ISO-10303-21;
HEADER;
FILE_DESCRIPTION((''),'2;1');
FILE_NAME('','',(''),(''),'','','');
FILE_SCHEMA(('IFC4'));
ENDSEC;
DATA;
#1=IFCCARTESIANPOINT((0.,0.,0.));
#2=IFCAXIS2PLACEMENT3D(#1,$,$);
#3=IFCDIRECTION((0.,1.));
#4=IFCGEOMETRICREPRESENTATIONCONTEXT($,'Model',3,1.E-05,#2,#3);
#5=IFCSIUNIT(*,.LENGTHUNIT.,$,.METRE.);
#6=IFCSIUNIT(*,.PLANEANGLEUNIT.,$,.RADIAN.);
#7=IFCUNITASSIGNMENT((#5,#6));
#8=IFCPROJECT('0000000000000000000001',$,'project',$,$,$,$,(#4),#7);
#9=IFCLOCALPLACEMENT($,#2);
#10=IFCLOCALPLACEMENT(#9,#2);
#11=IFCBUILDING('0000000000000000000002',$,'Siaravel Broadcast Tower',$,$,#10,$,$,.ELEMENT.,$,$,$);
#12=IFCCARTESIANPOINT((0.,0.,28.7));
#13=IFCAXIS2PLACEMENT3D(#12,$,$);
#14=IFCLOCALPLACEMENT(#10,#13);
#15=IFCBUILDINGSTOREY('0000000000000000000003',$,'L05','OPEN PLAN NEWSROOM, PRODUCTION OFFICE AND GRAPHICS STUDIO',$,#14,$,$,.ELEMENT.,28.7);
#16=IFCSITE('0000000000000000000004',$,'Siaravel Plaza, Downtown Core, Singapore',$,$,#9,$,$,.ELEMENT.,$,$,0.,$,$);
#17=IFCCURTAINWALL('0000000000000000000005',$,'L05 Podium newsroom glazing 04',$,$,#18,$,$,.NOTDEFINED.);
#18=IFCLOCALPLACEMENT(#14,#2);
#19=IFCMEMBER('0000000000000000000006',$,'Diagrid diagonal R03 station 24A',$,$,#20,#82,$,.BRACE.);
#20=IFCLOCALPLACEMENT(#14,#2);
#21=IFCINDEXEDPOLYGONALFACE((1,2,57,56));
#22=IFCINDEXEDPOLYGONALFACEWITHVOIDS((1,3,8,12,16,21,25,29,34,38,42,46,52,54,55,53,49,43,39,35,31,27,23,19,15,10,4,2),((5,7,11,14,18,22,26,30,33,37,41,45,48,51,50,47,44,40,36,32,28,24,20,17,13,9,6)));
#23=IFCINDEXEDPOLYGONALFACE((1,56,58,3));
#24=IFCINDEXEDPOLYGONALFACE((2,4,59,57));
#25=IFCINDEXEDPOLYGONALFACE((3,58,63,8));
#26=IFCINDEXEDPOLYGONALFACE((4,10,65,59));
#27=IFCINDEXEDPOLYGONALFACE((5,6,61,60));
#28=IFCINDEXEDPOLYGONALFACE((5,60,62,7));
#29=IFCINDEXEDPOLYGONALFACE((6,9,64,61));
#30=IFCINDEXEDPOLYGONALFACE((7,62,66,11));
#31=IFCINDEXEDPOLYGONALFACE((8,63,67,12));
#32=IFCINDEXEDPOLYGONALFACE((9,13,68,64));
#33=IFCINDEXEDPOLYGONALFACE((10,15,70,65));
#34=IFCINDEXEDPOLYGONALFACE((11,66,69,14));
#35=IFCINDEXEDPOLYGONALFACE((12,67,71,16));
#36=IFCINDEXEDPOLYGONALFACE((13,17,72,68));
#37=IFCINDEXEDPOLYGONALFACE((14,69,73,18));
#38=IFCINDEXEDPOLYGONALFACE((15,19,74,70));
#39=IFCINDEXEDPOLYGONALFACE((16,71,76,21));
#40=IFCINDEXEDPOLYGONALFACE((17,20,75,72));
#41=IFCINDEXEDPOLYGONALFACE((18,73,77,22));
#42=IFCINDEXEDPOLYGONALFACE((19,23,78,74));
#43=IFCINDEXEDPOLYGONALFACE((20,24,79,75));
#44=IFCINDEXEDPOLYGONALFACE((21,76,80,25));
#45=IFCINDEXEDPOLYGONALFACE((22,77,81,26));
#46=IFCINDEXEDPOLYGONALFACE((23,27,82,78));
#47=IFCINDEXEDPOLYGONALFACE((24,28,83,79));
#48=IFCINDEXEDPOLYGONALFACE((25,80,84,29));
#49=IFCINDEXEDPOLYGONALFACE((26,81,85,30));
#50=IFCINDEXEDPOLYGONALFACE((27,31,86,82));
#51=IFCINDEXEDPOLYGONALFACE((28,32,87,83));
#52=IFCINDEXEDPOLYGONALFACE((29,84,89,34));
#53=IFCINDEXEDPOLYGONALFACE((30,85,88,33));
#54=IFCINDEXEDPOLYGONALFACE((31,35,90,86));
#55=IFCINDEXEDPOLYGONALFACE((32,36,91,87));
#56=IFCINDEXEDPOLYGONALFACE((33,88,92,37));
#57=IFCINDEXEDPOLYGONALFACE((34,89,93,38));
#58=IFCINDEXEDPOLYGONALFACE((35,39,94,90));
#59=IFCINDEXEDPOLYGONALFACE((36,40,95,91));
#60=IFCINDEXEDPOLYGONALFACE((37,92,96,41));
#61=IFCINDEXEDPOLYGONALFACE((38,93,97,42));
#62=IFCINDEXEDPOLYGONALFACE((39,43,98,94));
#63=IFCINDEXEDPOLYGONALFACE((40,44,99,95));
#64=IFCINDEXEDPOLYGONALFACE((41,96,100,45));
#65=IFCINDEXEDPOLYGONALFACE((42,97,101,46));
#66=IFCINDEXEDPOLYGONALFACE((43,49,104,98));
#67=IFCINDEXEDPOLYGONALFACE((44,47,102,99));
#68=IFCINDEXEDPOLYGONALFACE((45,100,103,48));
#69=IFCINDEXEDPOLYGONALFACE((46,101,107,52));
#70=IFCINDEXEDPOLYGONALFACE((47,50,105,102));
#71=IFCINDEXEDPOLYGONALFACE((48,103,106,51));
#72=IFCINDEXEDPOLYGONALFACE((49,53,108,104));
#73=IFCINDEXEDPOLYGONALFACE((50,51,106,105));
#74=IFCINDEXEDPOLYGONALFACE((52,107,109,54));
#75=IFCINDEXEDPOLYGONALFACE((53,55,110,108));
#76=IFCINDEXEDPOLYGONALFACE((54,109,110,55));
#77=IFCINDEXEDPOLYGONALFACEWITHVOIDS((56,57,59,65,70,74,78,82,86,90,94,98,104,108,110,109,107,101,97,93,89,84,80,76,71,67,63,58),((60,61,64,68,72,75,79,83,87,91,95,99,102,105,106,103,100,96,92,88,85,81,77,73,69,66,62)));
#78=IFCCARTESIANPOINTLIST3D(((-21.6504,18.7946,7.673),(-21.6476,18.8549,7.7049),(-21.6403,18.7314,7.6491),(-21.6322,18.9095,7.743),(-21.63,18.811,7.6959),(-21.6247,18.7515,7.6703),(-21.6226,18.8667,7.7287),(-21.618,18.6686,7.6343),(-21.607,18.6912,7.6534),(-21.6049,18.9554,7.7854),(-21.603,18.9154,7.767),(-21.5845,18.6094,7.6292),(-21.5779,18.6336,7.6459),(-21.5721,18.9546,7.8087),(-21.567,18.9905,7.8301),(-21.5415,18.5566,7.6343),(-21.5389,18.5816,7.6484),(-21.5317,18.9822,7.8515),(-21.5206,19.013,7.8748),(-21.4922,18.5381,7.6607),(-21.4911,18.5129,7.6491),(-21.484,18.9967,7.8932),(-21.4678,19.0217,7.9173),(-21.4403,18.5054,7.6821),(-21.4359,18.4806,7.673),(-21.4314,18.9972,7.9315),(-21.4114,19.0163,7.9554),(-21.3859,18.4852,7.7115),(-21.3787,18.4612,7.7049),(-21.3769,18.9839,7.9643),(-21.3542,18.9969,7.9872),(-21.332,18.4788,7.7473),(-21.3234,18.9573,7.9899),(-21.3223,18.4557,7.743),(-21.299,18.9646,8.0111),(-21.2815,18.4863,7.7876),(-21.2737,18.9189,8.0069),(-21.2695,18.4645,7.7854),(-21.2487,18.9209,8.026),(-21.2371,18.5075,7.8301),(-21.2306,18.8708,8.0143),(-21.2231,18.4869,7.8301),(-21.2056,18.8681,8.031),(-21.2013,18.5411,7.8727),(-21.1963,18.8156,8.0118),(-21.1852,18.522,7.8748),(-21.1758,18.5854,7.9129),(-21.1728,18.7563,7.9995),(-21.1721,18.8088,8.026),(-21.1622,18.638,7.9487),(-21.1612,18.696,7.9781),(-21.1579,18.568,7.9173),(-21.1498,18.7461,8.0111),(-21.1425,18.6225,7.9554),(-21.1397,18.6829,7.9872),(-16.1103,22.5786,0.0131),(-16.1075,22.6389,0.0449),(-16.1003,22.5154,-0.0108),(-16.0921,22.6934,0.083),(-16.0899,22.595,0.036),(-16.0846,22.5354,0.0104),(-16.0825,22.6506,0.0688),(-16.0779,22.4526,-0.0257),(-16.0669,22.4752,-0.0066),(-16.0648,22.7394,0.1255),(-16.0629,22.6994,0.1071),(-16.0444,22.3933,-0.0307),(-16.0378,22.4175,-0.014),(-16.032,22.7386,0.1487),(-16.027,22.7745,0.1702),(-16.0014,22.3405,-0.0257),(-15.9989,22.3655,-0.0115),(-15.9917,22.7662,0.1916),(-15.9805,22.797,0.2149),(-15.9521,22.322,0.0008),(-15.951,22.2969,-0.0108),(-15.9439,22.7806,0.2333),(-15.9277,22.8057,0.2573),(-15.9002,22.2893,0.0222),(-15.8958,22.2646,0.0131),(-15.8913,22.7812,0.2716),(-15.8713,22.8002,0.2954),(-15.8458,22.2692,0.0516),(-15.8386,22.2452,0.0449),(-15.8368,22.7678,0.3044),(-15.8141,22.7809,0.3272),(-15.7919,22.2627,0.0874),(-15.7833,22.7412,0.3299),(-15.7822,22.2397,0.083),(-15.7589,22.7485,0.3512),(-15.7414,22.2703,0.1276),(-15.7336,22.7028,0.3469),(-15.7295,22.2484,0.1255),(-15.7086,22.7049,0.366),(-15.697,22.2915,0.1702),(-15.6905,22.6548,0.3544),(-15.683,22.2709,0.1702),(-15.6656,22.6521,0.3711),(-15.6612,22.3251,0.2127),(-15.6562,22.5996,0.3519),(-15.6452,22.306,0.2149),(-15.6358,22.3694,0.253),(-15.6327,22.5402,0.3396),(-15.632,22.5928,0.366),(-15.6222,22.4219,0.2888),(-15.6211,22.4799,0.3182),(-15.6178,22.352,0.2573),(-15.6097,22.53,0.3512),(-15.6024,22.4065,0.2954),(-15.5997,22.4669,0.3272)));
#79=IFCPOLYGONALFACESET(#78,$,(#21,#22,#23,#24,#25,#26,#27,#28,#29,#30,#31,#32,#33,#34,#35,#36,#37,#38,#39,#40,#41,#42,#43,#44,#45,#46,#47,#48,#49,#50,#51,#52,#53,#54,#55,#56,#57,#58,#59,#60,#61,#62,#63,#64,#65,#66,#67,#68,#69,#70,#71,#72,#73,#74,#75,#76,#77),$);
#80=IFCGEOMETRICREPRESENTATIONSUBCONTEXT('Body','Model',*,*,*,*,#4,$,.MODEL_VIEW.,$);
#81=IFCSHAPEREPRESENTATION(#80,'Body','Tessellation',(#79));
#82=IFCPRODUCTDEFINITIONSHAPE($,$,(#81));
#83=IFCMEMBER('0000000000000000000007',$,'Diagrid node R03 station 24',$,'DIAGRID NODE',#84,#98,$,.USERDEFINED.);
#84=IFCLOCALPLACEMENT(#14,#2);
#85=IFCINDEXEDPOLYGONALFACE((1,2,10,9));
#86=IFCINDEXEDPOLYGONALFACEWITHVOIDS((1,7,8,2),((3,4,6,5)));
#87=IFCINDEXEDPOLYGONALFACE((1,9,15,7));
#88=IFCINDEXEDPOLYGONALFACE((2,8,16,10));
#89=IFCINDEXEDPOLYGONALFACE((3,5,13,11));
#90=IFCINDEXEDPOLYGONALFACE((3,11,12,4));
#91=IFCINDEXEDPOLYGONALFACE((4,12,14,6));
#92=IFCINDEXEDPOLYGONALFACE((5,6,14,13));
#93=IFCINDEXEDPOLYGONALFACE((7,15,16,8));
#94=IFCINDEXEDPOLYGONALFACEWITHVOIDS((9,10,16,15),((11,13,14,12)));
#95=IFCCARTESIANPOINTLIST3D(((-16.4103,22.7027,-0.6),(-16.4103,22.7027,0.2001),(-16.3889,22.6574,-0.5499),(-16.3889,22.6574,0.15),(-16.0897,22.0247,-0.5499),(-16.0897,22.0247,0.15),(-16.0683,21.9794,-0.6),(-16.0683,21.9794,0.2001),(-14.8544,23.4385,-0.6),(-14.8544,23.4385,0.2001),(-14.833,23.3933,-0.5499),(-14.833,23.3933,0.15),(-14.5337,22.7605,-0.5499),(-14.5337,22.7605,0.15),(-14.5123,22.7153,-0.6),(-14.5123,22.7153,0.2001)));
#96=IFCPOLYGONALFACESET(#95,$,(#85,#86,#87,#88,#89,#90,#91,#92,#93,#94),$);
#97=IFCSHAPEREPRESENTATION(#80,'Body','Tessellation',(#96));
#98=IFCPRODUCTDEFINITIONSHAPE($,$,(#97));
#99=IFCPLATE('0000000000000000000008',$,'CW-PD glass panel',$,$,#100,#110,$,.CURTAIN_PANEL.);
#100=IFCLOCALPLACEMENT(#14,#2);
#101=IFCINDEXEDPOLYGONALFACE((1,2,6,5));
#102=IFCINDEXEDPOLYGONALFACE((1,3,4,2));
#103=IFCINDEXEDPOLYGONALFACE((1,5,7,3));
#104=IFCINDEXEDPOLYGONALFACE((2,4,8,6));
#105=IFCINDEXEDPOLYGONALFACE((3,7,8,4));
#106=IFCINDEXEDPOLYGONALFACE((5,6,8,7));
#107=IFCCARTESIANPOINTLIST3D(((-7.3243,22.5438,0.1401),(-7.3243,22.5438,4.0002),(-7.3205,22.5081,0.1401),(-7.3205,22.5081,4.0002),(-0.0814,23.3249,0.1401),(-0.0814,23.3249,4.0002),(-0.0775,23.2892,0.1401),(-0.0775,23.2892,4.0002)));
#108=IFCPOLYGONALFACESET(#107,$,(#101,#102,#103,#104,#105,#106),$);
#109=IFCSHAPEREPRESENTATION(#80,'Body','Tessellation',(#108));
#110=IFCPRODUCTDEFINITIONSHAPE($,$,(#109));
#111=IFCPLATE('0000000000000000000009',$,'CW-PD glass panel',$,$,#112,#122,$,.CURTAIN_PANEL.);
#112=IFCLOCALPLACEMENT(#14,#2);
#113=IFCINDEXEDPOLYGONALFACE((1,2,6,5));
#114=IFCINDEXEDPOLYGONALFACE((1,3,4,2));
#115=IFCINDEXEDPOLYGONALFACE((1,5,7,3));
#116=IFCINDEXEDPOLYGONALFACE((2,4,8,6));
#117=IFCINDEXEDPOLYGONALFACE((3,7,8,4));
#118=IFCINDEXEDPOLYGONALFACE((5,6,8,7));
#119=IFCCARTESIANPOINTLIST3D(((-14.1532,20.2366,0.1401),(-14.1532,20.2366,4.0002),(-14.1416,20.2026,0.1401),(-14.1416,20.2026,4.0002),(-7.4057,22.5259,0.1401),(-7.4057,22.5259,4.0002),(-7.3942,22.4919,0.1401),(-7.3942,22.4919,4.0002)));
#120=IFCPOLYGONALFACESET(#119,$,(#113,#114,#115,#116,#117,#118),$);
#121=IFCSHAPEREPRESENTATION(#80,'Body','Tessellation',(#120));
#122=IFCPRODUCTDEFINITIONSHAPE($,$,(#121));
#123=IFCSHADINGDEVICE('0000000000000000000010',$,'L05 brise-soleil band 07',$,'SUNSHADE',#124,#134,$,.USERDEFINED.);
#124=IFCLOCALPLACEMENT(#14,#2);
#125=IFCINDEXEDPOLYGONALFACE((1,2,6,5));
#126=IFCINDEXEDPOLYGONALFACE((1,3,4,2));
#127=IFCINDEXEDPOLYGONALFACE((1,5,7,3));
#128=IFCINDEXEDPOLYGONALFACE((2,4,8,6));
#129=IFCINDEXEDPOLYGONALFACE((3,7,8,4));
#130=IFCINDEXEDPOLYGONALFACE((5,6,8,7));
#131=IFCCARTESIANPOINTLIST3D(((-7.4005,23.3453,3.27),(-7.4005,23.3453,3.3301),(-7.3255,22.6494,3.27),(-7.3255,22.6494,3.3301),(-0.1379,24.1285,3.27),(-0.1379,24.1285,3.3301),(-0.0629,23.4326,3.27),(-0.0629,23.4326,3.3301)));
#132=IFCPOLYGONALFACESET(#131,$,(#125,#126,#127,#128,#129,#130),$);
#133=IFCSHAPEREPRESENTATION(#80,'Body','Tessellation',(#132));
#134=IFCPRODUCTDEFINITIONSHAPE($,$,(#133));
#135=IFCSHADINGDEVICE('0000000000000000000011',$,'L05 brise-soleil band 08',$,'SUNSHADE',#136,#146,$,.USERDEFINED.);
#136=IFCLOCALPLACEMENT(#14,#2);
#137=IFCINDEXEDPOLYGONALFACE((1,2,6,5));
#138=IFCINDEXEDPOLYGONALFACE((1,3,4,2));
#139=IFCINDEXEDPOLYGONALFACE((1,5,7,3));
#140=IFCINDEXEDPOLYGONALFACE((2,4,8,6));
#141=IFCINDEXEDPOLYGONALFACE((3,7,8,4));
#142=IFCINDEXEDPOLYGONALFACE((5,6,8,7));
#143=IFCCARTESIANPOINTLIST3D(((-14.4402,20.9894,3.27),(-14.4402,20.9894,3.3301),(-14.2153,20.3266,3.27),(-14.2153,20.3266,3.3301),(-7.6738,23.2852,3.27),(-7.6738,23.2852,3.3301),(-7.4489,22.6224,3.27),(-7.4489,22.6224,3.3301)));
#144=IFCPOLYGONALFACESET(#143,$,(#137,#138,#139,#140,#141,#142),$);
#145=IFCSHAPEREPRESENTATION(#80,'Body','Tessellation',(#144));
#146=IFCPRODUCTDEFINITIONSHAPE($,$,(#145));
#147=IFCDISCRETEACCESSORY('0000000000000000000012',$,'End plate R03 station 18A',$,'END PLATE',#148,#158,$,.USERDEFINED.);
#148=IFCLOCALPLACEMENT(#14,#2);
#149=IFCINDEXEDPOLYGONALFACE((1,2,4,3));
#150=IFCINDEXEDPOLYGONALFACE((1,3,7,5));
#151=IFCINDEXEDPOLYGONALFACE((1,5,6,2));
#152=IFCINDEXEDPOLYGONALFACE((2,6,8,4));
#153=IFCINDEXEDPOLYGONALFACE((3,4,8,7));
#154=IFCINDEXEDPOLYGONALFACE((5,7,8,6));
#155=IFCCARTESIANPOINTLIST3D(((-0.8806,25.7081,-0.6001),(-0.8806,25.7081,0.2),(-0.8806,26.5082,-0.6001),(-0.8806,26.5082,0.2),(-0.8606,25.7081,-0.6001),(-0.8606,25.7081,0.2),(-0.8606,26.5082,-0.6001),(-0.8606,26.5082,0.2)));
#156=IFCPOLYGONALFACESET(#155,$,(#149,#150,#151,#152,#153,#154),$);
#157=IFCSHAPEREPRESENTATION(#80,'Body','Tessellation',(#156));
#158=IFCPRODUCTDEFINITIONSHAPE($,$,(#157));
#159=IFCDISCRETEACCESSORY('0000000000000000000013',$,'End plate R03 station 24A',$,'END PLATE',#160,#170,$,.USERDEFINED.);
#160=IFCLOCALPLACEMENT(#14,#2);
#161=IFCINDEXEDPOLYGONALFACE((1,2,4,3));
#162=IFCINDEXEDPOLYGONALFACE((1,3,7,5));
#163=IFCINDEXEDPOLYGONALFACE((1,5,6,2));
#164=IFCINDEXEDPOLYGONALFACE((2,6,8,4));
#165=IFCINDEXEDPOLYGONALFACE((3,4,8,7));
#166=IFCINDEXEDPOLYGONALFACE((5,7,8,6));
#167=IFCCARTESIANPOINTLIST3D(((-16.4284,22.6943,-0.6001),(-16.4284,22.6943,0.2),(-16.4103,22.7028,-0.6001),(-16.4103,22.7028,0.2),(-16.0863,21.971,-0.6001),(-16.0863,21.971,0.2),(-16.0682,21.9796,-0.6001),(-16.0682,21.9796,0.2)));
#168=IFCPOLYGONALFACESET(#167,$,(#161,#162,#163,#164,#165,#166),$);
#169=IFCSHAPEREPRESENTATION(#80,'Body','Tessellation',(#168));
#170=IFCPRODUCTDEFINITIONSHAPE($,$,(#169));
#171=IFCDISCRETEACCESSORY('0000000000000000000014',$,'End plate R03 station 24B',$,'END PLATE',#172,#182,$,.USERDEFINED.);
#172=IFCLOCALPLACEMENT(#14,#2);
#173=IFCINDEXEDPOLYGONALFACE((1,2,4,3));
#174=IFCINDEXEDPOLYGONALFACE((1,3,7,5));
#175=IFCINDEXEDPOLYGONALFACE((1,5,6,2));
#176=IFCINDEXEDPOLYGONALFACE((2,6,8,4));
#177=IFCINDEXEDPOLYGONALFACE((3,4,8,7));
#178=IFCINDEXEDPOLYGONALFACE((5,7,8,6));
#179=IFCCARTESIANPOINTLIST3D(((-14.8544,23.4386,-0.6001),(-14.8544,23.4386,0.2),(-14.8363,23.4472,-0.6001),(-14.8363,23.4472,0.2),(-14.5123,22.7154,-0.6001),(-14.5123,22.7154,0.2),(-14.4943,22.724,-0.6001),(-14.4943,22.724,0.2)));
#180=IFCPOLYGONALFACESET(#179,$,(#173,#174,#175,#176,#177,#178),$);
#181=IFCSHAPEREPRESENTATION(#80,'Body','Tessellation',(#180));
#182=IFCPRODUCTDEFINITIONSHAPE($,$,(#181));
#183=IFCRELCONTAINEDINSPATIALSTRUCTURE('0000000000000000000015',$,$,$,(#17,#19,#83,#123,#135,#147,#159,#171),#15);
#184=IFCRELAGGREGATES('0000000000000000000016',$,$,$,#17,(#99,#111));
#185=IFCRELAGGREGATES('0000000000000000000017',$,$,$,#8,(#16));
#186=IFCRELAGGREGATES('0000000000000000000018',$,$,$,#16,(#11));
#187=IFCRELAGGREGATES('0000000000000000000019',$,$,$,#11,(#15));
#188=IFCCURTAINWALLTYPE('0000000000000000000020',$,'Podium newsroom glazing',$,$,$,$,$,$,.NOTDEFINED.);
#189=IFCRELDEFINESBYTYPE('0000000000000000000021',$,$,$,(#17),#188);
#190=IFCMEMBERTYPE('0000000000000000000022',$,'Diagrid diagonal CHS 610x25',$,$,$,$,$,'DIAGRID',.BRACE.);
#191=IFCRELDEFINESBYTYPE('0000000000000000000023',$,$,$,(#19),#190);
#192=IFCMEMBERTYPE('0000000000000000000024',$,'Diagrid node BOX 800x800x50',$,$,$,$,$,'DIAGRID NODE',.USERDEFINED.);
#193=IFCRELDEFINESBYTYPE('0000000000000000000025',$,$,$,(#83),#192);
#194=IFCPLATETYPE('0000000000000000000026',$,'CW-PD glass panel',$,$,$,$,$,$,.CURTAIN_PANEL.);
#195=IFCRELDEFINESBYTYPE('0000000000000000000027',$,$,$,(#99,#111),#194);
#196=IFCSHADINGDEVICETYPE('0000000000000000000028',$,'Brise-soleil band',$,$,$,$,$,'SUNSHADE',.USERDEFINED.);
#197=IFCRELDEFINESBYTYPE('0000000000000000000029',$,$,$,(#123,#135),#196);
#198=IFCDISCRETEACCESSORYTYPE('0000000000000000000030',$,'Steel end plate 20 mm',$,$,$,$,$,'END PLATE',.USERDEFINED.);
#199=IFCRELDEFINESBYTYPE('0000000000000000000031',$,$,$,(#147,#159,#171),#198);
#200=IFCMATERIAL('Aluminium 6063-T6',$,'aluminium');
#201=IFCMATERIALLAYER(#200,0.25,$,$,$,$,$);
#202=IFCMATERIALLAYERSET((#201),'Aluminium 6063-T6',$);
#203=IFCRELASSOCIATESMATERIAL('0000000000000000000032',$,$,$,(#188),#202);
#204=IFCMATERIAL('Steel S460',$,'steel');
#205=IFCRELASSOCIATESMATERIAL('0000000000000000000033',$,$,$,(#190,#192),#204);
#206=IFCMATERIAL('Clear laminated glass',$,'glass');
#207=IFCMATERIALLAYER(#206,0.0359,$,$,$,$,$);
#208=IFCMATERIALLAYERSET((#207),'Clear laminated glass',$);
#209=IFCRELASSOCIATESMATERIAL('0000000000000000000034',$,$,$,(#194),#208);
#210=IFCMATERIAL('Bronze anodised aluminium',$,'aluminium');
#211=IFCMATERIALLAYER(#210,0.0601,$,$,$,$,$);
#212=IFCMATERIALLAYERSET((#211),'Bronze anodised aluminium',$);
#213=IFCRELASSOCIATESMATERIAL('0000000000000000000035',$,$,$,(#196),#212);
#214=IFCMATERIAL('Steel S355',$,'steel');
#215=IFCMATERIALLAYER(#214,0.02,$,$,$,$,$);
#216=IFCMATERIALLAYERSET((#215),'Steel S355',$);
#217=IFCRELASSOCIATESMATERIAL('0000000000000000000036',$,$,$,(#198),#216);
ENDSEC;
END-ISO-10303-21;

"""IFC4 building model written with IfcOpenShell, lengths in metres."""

from ifc_helpers import new_model, si_unit, direction, frame, origin, origin_2d, place, context, subcontext, project, spatial, rectangle, hollow_rectangle, hollow_circle, extrude, material, layer, layer_set, material_profile, profile_set, type_object, element, aggregate, save


model = new_model("IFC4")

# Units and contexts
model_context = context("Model", 3, precision=1e-05, world=origin(), true_north=direction((0.0, 1.0)))
body_context = subcontext(model_context, "Body", "Model", "MODEL_VIEW")
ifc_project = project(units=[si_unit("LENGTHUNIT", "METRE"), si_unit("PLANEANGLEUNIT", "RADIAN")], contexts=[model_context])

# Site, building, storey
site_placement = place(None, origin())
site = spatial("IfcSite", under=ifc_project, at=site_placement, Name="Siaravel Plaza, Downtown Core, Singapore", CompositionType="ELEMENT", RefElevation=0.0)
building_placement = place(site_placement, origin())
building = spatial("IfcBuilding", under=site, at=building_placement, Name="Siaravel Broadcast Tower", CompositionType="ELEMENT")
storey_placement = place(building_placement, frame((0.0, 0.0, 28.7)))
storey = spatial("IfcBuildingStorey", under=building, at=storey_placement, Name="L05", Description="OPEN PLAN NEWSROOM, PRODUCTION OFFICE AND GRAPHICS STUDIO", CompositionType="ELEMENT", Elevation=28.7)

# Shared definitions
ifc_material_1 = material(Name="Steel S355", Category="steel")

# Curtain wall
ifc_material_2 = material(Name="Aluminium 6063-T6", Category="aluminium")
ifc_layer_1 = layer(ifc_material_2, 0.25)
ifc_layer_set_1 = layer_set([ifc_layer_1], Name="Aluminium 6063-T6")
curtain_wall_type = type_object("IfcCurtainWallType", Name="Podium newsroom glazing", PredefinedType="NOTDEFINED", material=ifc_layer_set_1)
curtain_wall_1_placement = place(storey_placement, origin())
curtain_wall_1 = element("IfcCurtainWall", 1, at=curtain_wall_1_placement, inside=storey, type_object=curtain_wall_type, Name="L05 Podium newsroom glazing 04", PredefinedType="NOTDEFINED")

# Members
ifc_material_3 = material(Name="Steel S460", Category="steel")
ifc_material_profile_1 = material_profile(ifc_material_3, hollow_circle(Radius=0.3049, WallThickness=0.0249, at=origin_2d()))
ifc_profile_set_1 = profile_set([ifc_material_profile_1], Name="Steel S460")
member_type_1 = type_object("IfcMemberType", Name="Diagrid diagonal CHS 610x25", ElementType="DIAGRID", PredefinedType="BRACE", material=ifc_profile_set_1)
member_1_placement = place(storey_placement, frame((-15.855, 22.5227, 0.1702), z_axis=(-0.544072, -0.37161, 0.752258), x_axis=(0.564012, -0.825767, 0.0)))
element("IfcMember", 2, at=member_1_placement, inside=storey, type_object=member_type_1, Name="Diagrid diagonal R03 station 24A", PredefinedType="BRACE", context=body_context, shape_type="SweptSolid", body=[
    extrude(hollow_circle(Radius=0.3049, WallThickness=0.0249, at=origin_2d()), origin(), (0.0, 0.0, 1.0), 10.1826),
])
ifc_material_profile_2 = material_profile(ifc_material_3, hollow_rectangle(XDim=0.8, YDim=0.8, WallThickness=0.05, at=origin_2d()))
ifc_profile_set_2 = profile_set([ifc_material_profile_2], Name="Steel S460")
member_type_2 = type_object("IfcMemberType", Name="Diagrid node BOX 800x800x50", ElementType="DIAGRID NODE", PredefinedType="USERDEFINED", material=ifc_profile_set_2)
member_2_placement = place(storey_placement, frame((-14.6833, 23.0769, -0.2), z_axis=(-0.904001, -0.427531, 0.0), x_axis=(0.427531, -0.904001, 0.0)))
element("IfcMember", 3, at=member_2_placement, inside=storey, type_object=member_type_2, Name="Diagrid node R03 station 24", ObjectType="DIAGRID NODE", PredefinedType="USERDEFINED", context=body_context, shape_type="SweptSolid", body=[
    extrude(hollow_rectangle(XDim=0.8, YDim=0.8, WallThickness=0.05, at=origin_2d()), origin(), (0.0, 0.0, 1.0), 1.7212),
])

# Plates
ifc_material_4 = material(Name="Clear laminated glass", Category="glass")
ifc_layer_2 = layer(ifc_material_4, 0.0359)
ifc_layer_set_2 = layer_set([ifc_layer_2], Name="Clear laminated glass")
plate_type = type_object("IfcPlateType", Name="CW-PD glass panel", PredefinedType="CURTAIN_PANEL", material=ifc_layer_set_2)
plate_1_placement = place(storey_placement, frame((-3.7009, 22.9165, 0.1401), z_axis=(0.0, 0.0, 1.0), x_axis=(-0.994236, -0.107217, 0.0)))
plate_1 = element("IfcPlate", 4, at=plate_1_placement, type_object=plate_type, Name="CW-PD glass panel", PredefinedType="CURTAIN_PANEL", context=body_context, shape_type="SweptSolid", body=[
    extrude(rectangle(XDim=7.2849, YDim=0.0359, at=origin_2d()), origin(), (0.0, 0.0, 1.0), 3.8601),
])
plate_2_placement = place(storey_placement, frame((-10.7737, 21.3643, 0.1401), z_axis=(0.0, 0.0, 1.0), x_axis=(-0.946977, -0.3213, 0.0)))
plate_2 = element("IfcPlate", 5, at=plate_2_placement, type_object=plate_type, Name="CW-PD glass panel", PredefinedType="CURTAIN_PANEL", context=body_context, shape_type="SweptSolid", body=[
    extrude(rectangle(XDim=7.1252, YDim=0.0359, at=origin_2d()), origin(), (0.0, 0.0, 1.0), 3.8601),
])
aggregate(curtain_wall_1, [plate_1, plate_2])

# Shading devices
ifc_material_5 = material(Name="Bronze anodised aluminium", Category="aluminium")
ifc_layer_3 = layer(ifc_material_5, 0.0601)
ifc_layer_set_3 = layer_set([ifc_layer_3], Name="Bronze anodised aluminium")
shading_device_type = type_object("IfcShadingDeviceType", Name="Brise-soleil band", ElementType="SUNSHADE", PredefinedType="USERDEFINED", material=ifc_layer_set_3)
shading_device_1_placement = place(storey_placement, frame((-3.7317, 23.3889, 3.27), z_axis=(0.0, 0.0, 1.0), x_axis=(-0.994236, -0.107217, 0.0)))
element("IfcShadingDevice", 6, at=shading_device_1_placement, inside=storey, type_object=shading_device_type, Name="L05 brise-soleil band 07", ObjectType="SUNSHADE", PredefinedType="USERDEFINED", context=body_context, shape_type="SweptSolid", body=[
    extrude(rectangle(XDim=7.3047, YDim=0.7, at=origin_2d()), origin(), (0.0, 0.0, 1.0), 0.0601),
])
shading_device_2_placement = place(storey_placement, frame((-10.9446, 21.8059, 3.27), z_axis=(0.0, 0.0, 1.0), x_axis=(-0.946977, -0.321301, 0.0)))
element("IfcShadingDevice", 7, at=shading_device_2_placement, inside=storey, type_object=shading_device_type, Name="L05 brise-soleil band 08", ObjectType="SUNSHADE", PredefinedType="USERDEFINED", context=body_context, shape_type="SweptSolid", body=[
    extrude(rectangle(XDim=7.1453, YDim=0.7, at=origin_2d()), origin(), (0.0, 0.0, 1.0), 0.0601),
])

# Discrete accessories
ifc_layer_4 = layer(ifc_material_1, 0.02)
ifc_layer_set_4 = layer_set([ifc_layer_4], Name="Steel S355")
discrete_accessory_type = type_object("IfcDiscreteAccessoryType", Name="Steel end plate 20 mm", ElementType="END PLATE", PredefinedType="USERDEFINED", material=ifc_layer_set_4)
for number, where, z_axis, x_axis, name in (
    (8, (-0.8706, 26.1082, -0.6001), (0.0, 0.0, 1.0), (-1.0, 0.0, 0.0), "End plate R03 station 18A"),
    (9, (-16.2483, 22.3369, -0.6001), (0.0, 0.0, 1.0), (-0.904007, -0.427517, 0.0), "End plate R03 station 24A"),
    (10, (-14.6743, 23.0813, -0.6001), (0.0, 0.0, 1.0), (-0.904007, -0.427517, 0.0), "End plate R03 station 24B"),
):
    element("IfcDiscreteAccessory", number, at=place(storey_placement, frame(where, z_axis=z_axis, x_axis=x_axis)), inside=storey, type_object=discrete_accessory_type, Name=name, ObjectType="END PLATE", PredefinedType="USERDEFINED", context=body_context, shape_type="SweptSolid", body=[
        extrude(rectangle(XDim=0.02, YDim=0.8, at=origin_2d()), origin(), (0.0, 0.0, 1.0), 0.8),
    ])

save(model, "model.ifc")
